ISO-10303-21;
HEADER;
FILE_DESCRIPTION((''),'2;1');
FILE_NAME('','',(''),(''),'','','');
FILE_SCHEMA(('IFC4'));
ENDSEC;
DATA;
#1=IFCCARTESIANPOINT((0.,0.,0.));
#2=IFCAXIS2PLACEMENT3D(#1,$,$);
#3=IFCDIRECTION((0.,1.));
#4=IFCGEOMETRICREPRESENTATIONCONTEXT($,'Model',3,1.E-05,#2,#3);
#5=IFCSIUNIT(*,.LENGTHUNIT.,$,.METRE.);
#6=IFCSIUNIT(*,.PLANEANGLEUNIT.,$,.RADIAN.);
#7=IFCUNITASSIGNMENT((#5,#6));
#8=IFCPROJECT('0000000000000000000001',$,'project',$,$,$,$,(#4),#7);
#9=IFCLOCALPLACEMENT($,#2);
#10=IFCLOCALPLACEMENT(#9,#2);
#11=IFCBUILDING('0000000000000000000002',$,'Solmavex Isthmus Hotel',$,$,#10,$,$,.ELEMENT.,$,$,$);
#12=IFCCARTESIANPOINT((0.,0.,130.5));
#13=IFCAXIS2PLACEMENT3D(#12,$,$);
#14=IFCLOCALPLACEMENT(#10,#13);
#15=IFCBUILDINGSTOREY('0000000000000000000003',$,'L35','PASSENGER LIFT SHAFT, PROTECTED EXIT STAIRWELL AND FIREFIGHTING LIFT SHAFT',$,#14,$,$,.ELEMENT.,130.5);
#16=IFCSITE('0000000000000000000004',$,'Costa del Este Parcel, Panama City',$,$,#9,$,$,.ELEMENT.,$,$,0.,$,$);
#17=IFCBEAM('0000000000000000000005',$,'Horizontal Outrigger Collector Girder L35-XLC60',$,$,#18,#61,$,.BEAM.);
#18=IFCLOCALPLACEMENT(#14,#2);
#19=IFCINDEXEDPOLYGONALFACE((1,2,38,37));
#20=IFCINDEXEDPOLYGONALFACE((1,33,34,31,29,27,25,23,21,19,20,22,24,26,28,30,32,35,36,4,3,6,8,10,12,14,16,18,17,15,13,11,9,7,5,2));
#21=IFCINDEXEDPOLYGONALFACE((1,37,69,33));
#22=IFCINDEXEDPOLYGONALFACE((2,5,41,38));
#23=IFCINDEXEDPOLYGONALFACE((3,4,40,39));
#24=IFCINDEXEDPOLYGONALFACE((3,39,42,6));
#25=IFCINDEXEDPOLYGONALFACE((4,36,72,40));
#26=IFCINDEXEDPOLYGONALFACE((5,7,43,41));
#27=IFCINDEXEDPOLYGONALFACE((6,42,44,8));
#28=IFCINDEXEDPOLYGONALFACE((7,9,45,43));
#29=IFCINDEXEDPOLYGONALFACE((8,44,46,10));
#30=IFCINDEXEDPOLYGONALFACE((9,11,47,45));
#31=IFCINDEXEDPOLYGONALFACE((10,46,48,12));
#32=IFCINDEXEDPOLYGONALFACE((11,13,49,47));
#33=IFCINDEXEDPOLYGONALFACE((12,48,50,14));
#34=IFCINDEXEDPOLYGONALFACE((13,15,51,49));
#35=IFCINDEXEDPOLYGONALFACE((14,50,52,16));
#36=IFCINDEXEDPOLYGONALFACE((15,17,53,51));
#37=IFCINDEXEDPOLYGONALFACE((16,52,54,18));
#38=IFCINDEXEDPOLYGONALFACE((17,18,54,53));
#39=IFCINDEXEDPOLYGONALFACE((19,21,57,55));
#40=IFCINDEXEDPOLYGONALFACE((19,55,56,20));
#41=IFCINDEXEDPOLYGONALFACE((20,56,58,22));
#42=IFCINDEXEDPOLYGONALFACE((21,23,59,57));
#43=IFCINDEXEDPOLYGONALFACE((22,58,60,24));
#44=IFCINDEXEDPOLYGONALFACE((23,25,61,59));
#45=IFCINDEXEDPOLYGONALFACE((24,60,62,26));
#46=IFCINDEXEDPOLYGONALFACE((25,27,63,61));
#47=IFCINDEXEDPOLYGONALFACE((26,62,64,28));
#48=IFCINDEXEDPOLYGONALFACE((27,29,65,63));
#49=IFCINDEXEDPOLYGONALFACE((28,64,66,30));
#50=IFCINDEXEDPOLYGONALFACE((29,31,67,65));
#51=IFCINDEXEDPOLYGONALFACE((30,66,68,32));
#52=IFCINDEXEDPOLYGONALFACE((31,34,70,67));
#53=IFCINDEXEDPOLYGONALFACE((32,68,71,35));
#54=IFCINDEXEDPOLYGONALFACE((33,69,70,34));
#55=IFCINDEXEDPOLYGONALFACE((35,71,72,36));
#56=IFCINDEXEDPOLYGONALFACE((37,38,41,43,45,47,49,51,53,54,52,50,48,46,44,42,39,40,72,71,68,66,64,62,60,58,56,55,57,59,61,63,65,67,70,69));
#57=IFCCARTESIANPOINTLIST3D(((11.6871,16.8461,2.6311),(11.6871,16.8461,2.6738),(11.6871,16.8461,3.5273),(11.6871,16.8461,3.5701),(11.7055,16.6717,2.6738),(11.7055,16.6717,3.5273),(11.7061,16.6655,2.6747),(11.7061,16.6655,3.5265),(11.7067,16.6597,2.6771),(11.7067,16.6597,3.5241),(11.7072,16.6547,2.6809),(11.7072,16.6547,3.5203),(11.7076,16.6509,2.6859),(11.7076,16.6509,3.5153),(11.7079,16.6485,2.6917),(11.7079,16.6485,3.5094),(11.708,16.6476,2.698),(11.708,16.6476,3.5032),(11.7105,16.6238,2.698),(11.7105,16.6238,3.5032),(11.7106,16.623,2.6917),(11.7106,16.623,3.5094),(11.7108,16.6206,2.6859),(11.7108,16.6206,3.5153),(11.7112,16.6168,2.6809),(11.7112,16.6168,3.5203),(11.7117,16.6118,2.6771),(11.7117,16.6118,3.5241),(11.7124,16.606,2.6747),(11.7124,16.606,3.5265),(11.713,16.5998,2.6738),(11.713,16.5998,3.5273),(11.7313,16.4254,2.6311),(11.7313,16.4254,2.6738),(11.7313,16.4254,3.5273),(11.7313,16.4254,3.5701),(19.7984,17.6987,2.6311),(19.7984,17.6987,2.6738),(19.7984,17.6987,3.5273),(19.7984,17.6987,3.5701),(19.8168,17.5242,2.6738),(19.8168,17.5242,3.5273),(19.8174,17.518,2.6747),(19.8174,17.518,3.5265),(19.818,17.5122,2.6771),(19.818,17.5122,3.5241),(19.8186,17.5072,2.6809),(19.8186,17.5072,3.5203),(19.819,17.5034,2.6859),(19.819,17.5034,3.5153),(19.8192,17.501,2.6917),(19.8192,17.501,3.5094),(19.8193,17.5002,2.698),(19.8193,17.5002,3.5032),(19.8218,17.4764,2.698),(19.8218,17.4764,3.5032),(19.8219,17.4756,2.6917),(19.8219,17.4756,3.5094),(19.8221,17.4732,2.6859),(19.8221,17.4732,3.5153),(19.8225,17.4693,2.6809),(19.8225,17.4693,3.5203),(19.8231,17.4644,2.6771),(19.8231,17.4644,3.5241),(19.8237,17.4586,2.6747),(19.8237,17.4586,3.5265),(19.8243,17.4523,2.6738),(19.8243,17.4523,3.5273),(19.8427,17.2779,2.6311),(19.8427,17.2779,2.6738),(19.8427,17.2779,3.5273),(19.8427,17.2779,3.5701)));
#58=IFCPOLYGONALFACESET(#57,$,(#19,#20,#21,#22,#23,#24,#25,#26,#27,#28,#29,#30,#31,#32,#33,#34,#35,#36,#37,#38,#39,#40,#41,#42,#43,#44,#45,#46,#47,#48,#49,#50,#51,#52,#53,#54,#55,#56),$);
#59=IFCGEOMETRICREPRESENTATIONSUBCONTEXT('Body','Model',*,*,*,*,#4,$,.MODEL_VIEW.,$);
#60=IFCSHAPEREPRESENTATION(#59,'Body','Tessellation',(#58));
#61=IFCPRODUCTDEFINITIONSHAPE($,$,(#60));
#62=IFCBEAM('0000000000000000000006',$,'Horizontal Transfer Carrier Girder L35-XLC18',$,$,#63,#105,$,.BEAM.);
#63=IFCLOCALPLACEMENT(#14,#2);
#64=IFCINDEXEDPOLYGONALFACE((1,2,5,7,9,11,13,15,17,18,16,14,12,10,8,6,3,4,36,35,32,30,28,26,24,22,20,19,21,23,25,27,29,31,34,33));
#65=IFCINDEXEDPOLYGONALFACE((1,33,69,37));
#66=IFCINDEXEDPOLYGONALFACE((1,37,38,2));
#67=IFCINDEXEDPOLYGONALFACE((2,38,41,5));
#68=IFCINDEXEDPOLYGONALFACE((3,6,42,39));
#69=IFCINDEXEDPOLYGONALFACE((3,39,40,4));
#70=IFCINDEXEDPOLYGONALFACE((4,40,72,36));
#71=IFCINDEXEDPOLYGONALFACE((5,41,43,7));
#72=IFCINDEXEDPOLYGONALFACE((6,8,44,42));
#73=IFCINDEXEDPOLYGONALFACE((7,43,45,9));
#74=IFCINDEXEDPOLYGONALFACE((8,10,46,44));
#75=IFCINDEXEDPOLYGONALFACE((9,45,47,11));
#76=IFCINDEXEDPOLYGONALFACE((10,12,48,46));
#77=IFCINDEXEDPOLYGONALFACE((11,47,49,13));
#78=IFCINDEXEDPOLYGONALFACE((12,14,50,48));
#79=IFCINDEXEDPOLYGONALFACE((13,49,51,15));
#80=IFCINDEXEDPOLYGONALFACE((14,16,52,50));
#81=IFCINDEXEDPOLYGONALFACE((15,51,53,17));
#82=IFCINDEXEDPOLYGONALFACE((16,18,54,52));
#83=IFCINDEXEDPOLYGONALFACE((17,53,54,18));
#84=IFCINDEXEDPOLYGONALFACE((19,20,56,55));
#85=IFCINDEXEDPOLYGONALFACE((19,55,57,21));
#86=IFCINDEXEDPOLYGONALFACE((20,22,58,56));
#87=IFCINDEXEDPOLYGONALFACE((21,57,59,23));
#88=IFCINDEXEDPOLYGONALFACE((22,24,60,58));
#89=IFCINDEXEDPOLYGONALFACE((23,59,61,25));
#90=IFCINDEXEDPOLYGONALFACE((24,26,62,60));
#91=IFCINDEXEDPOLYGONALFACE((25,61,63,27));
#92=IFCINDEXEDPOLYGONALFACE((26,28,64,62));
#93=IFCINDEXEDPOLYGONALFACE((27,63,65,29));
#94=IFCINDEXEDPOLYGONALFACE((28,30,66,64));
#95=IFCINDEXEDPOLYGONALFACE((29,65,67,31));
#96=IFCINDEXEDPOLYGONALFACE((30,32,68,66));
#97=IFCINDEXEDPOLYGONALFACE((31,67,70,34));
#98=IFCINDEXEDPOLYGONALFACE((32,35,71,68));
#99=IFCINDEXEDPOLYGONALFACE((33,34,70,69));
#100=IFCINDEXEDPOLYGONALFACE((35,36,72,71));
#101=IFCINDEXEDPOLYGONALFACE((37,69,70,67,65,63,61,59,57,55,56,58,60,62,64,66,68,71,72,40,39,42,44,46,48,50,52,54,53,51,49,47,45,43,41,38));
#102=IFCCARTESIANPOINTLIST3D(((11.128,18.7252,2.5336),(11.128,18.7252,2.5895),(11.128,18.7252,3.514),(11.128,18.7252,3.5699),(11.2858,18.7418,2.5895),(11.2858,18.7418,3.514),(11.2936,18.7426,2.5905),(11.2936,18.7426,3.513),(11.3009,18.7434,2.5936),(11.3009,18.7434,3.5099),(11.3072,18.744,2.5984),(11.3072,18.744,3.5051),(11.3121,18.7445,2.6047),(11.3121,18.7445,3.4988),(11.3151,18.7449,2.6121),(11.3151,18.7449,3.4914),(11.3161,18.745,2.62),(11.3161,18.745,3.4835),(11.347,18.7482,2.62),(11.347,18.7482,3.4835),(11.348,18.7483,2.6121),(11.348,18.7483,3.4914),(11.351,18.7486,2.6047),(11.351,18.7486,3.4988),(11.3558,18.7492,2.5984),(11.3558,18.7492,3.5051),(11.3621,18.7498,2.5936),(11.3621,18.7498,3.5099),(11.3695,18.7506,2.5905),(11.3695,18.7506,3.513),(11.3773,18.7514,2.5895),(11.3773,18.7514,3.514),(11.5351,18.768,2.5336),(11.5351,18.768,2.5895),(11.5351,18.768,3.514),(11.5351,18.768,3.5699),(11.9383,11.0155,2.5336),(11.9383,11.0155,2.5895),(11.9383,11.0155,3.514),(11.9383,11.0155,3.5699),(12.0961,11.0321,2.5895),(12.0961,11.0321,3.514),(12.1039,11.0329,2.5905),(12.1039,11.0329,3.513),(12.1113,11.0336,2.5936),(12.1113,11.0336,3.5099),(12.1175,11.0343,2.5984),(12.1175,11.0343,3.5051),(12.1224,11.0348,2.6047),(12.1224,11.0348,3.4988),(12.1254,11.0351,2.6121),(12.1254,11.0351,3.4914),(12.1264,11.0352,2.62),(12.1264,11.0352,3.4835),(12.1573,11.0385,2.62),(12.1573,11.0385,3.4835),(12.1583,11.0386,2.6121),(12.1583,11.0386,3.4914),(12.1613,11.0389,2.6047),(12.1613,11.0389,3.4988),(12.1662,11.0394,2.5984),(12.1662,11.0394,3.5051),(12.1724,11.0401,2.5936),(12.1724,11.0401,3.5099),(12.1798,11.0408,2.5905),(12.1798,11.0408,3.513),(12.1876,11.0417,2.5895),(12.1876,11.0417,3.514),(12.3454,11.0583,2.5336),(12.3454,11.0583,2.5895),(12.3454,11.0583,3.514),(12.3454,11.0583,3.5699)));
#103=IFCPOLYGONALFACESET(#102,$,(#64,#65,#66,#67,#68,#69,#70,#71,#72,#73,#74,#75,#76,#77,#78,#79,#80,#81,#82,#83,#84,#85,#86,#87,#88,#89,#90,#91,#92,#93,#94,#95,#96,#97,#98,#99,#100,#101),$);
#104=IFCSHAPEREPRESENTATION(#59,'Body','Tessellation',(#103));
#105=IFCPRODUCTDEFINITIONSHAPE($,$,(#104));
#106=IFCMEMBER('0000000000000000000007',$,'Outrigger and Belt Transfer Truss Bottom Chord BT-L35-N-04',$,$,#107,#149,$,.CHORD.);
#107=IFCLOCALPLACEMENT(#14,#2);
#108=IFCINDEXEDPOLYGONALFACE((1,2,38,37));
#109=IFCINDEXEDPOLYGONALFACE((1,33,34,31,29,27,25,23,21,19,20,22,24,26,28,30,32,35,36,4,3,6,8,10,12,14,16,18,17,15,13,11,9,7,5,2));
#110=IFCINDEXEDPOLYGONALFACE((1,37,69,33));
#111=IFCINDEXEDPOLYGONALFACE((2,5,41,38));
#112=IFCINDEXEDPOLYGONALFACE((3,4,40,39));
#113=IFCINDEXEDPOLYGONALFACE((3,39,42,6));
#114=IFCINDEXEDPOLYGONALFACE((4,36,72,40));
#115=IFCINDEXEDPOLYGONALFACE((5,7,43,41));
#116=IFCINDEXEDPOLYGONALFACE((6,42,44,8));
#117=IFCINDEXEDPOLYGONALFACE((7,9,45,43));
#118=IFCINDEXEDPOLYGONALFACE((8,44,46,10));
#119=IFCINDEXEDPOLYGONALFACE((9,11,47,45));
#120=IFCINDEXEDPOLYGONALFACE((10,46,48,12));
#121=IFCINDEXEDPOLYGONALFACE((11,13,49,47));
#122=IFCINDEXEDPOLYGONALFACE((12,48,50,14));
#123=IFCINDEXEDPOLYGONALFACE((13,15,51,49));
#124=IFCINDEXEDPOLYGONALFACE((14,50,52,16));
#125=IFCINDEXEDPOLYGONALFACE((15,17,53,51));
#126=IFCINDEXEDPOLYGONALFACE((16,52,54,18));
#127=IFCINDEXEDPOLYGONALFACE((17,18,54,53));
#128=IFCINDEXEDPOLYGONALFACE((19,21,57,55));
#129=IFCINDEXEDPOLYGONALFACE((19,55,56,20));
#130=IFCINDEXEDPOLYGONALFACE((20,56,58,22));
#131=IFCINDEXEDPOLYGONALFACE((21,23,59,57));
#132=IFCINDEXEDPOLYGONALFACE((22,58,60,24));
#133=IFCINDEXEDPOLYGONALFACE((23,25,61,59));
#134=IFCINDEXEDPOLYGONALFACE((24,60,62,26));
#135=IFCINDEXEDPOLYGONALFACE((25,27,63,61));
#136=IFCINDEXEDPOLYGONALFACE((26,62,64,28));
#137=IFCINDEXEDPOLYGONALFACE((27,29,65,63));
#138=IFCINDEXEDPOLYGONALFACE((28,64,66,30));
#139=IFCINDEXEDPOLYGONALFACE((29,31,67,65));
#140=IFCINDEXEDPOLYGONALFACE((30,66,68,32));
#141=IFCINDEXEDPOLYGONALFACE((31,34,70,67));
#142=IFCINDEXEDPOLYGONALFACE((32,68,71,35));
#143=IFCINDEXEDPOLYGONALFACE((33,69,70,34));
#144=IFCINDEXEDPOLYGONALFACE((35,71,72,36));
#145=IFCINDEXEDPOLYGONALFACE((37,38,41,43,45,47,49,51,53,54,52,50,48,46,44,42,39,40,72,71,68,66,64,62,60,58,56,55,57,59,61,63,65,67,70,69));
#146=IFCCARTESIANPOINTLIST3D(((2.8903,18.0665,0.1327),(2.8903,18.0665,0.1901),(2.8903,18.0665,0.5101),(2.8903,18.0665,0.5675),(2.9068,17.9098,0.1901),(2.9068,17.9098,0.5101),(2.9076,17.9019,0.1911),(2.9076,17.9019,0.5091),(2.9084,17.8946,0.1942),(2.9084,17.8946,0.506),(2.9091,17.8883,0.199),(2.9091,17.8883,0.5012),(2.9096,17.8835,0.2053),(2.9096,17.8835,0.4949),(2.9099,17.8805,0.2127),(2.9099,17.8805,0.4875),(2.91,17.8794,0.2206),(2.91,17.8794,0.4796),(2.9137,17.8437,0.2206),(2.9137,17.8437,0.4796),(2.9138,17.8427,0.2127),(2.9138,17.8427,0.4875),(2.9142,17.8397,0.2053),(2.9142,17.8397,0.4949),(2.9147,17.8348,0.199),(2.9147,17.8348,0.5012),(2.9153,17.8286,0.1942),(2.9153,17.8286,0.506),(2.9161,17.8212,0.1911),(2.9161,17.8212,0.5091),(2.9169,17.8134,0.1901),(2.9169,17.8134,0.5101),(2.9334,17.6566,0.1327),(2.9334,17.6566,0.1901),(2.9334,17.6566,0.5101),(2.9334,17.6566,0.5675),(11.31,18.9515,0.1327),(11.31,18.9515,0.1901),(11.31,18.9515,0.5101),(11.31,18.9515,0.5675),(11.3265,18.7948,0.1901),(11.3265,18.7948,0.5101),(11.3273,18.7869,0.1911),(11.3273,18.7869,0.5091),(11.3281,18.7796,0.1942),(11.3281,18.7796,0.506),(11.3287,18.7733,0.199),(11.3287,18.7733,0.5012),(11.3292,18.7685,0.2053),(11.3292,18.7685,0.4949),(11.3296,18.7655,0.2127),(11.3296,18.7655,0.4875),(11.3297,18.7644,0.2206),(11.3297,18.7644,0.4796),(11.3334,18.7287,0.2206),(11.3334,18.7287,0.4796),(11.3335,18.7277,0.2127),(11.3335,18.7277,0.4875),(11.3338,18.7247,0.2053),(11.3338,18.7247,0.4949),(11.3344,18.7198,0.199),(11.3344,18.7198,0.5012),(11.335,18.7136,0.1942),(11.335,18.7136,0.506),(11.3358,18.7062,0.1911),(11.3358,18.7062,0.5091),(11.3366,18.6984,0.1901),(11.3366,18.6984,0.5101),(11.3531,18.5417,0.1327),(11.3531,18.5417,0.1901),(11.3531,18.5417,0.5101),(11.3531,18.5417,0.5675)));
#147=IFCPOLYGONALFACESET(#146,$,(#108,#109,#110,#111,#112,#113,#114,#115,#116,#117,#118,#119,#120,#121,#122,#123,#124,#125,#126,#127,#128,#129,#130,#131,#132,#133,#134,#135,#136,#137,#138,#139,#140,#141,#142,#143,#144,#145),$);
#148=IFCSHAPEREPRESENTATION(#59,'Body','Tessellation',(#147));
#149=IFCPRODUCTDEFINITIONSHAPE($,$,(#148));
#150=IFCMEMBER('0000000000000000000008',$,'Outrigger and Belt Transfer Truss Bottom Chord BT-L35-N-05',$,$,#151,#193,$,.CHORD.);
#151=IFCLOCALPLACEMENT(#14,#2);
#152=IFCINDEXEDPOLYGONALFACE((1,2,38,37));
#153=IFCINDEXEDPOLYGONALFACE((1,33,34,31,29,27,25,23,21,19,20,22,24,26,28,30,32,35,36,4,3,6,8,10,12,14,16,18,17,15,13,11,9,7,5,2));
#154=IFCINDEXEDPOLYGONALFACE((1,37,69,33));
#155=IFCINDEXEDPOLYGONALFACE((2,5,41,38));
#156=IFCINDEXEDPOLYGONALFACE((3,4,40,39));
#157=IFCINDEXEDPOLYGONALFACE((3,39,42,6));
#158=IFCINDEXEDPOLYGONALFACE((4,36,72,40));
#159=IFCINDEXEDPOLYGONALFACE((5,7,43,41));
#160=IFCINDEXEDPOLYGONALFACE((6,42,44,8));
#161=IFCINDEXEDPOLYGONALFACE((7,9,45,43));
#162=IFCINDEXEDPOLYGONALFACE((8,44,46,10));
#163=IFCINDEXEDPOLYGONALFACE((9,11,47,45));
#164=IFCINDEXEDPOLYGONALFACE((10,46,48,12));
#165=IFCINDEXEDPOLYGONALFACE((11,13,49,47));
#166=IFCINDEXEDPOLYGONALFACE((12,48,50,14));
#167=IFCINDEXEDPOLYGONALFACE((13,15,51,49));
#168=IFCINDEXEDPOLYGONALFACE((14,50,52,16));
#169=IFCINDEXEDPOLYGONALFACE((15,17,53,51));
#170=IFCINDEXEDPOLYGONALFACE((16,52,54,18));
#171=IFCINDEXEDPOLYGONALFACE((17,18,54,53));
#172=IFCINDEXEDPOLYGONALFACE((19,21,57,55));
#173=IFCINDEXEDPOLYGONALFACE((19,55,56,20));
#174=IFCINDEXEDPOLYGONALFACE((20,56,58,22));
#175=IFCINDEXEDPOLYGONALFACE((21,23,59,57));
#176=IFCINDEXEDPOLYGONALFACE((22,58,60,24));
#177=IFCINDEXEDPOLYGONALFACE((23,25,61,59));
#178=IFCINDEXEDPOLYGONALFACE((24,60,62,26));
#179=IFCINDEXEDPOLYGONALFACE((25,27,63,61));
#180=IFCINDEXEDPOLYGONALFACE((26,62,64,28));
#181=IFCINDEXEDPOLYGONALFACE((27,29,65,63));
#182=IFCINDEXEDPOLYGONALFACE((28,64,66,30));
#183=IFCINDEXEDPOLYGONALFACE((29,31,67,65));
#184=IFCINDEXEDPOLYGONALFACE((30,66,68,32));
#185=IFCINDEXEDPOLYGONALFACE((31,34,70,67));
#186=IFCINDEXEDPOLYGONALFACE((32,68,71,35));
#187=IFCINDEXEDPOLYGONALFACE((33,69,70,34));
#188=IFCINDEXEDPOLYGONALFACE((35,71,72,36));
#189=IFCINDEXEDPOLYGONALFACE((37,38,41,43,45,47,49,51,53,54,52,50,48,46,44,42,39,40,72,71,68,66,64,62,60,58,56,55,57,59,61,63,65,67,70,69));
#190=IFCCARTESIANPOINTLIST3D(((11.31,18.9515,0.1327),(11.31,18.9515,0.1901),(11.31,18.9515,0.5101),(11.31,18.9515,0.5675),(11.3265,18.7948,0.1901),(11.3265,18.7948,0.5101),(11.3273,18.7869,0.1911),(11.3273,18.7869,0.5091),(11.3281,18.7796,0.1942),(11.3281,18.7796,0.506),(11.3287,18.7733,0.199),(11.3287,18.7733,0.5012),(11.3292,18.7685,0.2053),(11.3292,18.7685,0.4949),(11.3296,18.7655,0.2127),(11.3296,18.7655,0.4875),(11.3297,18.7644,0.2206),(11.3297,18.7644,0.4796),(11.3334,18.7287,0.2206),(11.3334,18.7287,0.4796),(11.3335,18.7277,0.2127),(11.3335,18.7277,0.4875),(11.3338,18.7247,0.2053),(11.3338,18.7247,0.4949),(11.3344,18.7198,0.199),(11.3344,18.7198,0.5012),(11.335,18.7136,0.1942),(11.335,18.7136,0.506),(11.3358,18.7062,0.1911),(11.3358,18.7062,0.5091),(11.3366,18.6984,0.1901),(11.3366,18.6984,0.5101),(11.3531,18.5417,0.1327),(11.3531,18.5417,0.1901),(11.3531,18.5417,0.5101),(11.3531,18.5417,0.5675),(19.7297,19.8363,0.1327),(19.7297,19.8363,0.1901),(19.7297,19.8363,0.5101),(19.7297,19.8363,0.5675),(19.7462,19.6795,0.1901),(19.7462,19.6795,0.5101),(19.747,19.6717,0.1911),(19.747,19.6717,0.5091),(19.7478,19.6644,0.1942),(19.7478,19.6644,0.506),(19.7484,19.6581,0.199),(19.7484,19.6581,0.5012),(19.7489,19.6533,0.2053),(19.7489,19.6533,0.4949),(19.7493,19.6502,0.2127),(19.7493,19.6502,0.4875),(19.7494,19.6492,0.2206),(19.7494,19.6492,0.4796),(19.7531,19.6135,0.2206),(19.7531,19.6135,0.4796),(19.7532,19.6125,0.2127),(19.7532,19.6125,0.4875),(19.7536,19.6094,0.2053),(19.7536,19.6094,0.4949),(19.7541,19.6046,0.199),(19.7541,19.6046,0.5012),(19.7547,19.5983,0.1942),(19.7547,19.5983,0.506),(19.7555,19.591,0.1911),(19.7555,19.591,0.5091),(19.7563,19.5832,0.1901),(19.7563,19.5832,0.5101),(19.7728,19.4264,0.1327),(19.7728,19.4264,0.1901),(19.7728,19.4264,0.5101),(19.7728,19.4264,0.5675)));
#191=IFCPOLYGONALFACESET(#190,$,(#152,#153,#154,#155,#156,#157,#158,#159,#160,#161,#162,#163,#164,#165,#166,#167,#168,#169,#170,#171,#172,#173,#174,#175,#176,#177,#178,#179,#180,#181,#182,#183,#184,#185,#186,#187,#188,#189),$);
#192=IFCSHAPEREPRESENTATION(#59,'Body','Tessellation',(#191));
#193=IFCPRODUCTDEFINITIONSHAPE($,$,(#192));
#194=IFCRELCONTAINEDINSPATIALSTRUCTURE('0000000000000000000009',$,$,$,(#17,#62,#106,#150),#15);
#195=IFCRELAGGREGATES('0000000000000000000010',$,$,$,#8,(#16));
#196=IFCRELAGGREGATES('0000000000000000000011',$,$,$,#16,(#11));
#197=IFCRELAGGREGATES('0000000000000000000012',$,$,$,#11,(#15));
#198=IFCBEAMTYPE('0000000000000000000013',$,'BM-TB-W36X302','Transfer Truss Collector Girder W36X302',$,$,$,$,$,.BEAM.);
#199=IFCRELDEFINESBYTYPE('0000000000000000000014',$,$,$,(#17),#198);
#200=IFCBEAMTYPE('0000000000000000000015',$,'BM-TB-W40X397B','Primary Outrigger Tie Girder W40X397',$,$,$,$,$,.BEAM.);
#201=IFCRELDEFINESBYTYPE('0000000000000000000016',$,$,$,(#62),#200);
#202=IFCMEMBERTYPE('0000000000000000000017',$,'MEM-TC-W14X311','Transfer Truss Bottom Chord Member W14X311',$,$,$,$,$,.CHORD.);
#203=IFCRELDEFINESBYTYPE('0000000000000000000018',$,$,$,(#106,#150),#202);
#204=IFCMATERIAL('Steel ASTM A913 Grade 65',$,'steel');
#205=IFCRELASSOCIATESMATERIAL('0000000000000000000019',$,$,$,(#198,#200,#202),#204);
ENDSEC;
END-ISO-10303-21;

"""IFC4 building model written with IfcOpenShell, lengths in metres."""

from ifc_helpers import new_model, si_unit, direction, frame, origin, origin_2d, place, context, subcontext, project, spatial, i_section, extrude, material, material_profile, profile_set, type_object, element, save


model = new_model("IFC4")

# Units and contexts
model_context = context("Model", 3, precision=1e-05, world=origin(), true_north=direction((0.0, 1.0)))
body_context = subcontext(model_context, "Body", "Model", "MODEL_VIEW")
ifc_project = project(units=[si_unit("LENGTHUNIT", "METRE"), si_unit("PLANEANGLEUNIT", "RADIAN")], contexts=[model_context])

# Site, building, storey
site_placement = place(None, origin())
site = spatial("IfcSite", under=ifc_project, at=site_placement, Name="Costa del Este Parcel, Panama City", CompositionType="ELEMENT", RefElevation=0.0)
building_placement = place(site_placement, origin())
building = spatial("IfcBuilding", under=site, at=building_placement, Name="Solmavex Isthmus Hotel", CompositionType="ELEMENT")
storey_placement = place(building_placement, frame((0.0, 0.0, 130.5)))
storey = spatial("IfcBuildingStorey", under=building, at=storey_placement, Name="L35", Description="PASSENGER LIFT SHAFT, PROTECTED EXIT STAIRWELL AND FIREFIGHTING LIFT SHAFT", CompositionType="ELEMENT", Elevation=130.5)

# Shared definitions
ifc_material_1 = material(Name="Steel ASTM A913 Grade 65", Category="steel")

# Beams
ifc_material_profile_1 = material_profile(ifc_material_1, i_section(OverallWidth=0.4231, OverallDepth=0.939, WebThickness=0.0239, FlangeThickness=0.0427, FilletRadius=0.0242, at=origin_2d()), Name="W36X302")
ifc_profile_set_1 = profile_set([ifc_material_profile_1], Name="Steel ASTM A913 Grade 65")
beam_type_1 = type_object("IfcBeamType", Name="BM-TB-W36X302", Description="Transfer Truss Collector Girder W36X302", PredefinedType="BEAM", material=ifc_profile_set_1)
for number, where, z_axis, x_axis, name in (
    (1, (11.7092, 16.6357, 3.1006), (0.994522, 0.104529, 0.0), (-0.104529, 0.994522, 0.0), "Horizontal Outrigger Collector Girder L35-XLC60"),
):
    element("IfcBeam", number, at=place(storey_placement, frame(where, z_axis=z_axis, x_axis=x_axis)), inside=storey, type_object=beam_type_1, Name=name, PredefinedType="BEAM", context=body_context, shape_type="SweptSolid", body=[
        extrude(i_section(OverallWidth=0.4231, OverallDepth=0.939, WebThickness=0.0239, FlangeThickness=0.0427, FilletRadius=0.0242, at=origin_2d()), origin(), (0.0, 0.0, 1.0), 8.156),
    ])
ifc_material_profile_2 = material_profile(ifc_material_1, i_section(OverallWidth=0.4094, OverallDepth=1.0364, WebThickness=0.031, FlangeThickness=0.0559, FilletRadius=0.0305, at=origin_2d()), Name="W40X397")
ifc_profile_set_2 = profile_set([ifc_material_profile_2], Name="Steel ASTM A913 Grade 65")
beam_type_2 = type_object("IfcBeamType", Name="BM-TB-W40X397B", Description="Primary Outrigger Tie Girder W40X397", PredefinedType="BEAM", material=ifc_profile_set_2)
beam_1_placement = place(storey_placement, frame((12.1418, 11.0369, 3.0518), z_axis=(-0.104526, 0.994522, 0.0), x_axis=(-0.994522, -0.104526, 0.0)))
element("IfcBeam", 2, at=beam_1_placement, inside=storey, type_object=beam_type_2, Name="Horizontal Transfer Carrier Girder L35-XLC18", PredefinedType="BEAM", context=body_context, shape_type="SweptSolid", body=[
    extrude(i_section(OverallWidth=0.4094, OverallDepth=1.0364, WebThickness=0.031, FlangeThickness=0.0559, FilletRadius=0.0305, at=origin_2d()), origin(), (0.0, 0.0, 1.0), 7.7522),
])

# Members
ifc_material_profile_3 = material_profile(ifc_material_1, i_section(OverallWidth=0.4121, OverallDepth=0.4348, WebThickness=0.0359, FlangeThickness=0.0574, FilletRadius=0.0305, at=origin_2d()), Name="W14X311")
ifc_profile_set_3 = profile_set([ifc_material_profile_3], Name="Steel ASTM A913 Grade 65")
member_type_1 = type_object("IfcMemberType", Name="MEM-TC-W14X311", Description="Transfer Truss Bottom Chord Member W14X311", PredefinedType="CHORD", material=ifc_profile_set_3)
for number, where, z_axis, x_axis, name in (
    (3, (2.9119, 17.8616, 0.3501), (0.994521, 0.104536, 0.0), (-0.104536, 0.994521, 0.0), "Outrigger and Belt Transfer Truss Bottom Chord BT-L35-N-04"),
    (4, (11.3315, 18.7466, 0.3501), (0.994524, 0.104508, 0.0), (-0.104508, 0.994524, 0.0), "Outrigger and Belt Transfer Truss Bottom Chord BT-L35-N-05"),
):
    element("IfcMember", number, at=place(storey_placement, frame(where, z_axis=z_axis, x_axis=x_axis)), inside=storey, type_object=member_type_1, Name=name, PredefinedType="CHORD", context=body_context, shape_type="SweptSolid", body=[
        extrude(i_section(OverallWidth=0.4121, OverallDepth=0.4348, WebThickness=0.0359, FlangeThickness=0.0574, FilletRadius=0.0305, at=origin_2d()), origin(), (0.0, 0.0, 1.0), 8.4661),
    ])

save(model, "model.ifc")
